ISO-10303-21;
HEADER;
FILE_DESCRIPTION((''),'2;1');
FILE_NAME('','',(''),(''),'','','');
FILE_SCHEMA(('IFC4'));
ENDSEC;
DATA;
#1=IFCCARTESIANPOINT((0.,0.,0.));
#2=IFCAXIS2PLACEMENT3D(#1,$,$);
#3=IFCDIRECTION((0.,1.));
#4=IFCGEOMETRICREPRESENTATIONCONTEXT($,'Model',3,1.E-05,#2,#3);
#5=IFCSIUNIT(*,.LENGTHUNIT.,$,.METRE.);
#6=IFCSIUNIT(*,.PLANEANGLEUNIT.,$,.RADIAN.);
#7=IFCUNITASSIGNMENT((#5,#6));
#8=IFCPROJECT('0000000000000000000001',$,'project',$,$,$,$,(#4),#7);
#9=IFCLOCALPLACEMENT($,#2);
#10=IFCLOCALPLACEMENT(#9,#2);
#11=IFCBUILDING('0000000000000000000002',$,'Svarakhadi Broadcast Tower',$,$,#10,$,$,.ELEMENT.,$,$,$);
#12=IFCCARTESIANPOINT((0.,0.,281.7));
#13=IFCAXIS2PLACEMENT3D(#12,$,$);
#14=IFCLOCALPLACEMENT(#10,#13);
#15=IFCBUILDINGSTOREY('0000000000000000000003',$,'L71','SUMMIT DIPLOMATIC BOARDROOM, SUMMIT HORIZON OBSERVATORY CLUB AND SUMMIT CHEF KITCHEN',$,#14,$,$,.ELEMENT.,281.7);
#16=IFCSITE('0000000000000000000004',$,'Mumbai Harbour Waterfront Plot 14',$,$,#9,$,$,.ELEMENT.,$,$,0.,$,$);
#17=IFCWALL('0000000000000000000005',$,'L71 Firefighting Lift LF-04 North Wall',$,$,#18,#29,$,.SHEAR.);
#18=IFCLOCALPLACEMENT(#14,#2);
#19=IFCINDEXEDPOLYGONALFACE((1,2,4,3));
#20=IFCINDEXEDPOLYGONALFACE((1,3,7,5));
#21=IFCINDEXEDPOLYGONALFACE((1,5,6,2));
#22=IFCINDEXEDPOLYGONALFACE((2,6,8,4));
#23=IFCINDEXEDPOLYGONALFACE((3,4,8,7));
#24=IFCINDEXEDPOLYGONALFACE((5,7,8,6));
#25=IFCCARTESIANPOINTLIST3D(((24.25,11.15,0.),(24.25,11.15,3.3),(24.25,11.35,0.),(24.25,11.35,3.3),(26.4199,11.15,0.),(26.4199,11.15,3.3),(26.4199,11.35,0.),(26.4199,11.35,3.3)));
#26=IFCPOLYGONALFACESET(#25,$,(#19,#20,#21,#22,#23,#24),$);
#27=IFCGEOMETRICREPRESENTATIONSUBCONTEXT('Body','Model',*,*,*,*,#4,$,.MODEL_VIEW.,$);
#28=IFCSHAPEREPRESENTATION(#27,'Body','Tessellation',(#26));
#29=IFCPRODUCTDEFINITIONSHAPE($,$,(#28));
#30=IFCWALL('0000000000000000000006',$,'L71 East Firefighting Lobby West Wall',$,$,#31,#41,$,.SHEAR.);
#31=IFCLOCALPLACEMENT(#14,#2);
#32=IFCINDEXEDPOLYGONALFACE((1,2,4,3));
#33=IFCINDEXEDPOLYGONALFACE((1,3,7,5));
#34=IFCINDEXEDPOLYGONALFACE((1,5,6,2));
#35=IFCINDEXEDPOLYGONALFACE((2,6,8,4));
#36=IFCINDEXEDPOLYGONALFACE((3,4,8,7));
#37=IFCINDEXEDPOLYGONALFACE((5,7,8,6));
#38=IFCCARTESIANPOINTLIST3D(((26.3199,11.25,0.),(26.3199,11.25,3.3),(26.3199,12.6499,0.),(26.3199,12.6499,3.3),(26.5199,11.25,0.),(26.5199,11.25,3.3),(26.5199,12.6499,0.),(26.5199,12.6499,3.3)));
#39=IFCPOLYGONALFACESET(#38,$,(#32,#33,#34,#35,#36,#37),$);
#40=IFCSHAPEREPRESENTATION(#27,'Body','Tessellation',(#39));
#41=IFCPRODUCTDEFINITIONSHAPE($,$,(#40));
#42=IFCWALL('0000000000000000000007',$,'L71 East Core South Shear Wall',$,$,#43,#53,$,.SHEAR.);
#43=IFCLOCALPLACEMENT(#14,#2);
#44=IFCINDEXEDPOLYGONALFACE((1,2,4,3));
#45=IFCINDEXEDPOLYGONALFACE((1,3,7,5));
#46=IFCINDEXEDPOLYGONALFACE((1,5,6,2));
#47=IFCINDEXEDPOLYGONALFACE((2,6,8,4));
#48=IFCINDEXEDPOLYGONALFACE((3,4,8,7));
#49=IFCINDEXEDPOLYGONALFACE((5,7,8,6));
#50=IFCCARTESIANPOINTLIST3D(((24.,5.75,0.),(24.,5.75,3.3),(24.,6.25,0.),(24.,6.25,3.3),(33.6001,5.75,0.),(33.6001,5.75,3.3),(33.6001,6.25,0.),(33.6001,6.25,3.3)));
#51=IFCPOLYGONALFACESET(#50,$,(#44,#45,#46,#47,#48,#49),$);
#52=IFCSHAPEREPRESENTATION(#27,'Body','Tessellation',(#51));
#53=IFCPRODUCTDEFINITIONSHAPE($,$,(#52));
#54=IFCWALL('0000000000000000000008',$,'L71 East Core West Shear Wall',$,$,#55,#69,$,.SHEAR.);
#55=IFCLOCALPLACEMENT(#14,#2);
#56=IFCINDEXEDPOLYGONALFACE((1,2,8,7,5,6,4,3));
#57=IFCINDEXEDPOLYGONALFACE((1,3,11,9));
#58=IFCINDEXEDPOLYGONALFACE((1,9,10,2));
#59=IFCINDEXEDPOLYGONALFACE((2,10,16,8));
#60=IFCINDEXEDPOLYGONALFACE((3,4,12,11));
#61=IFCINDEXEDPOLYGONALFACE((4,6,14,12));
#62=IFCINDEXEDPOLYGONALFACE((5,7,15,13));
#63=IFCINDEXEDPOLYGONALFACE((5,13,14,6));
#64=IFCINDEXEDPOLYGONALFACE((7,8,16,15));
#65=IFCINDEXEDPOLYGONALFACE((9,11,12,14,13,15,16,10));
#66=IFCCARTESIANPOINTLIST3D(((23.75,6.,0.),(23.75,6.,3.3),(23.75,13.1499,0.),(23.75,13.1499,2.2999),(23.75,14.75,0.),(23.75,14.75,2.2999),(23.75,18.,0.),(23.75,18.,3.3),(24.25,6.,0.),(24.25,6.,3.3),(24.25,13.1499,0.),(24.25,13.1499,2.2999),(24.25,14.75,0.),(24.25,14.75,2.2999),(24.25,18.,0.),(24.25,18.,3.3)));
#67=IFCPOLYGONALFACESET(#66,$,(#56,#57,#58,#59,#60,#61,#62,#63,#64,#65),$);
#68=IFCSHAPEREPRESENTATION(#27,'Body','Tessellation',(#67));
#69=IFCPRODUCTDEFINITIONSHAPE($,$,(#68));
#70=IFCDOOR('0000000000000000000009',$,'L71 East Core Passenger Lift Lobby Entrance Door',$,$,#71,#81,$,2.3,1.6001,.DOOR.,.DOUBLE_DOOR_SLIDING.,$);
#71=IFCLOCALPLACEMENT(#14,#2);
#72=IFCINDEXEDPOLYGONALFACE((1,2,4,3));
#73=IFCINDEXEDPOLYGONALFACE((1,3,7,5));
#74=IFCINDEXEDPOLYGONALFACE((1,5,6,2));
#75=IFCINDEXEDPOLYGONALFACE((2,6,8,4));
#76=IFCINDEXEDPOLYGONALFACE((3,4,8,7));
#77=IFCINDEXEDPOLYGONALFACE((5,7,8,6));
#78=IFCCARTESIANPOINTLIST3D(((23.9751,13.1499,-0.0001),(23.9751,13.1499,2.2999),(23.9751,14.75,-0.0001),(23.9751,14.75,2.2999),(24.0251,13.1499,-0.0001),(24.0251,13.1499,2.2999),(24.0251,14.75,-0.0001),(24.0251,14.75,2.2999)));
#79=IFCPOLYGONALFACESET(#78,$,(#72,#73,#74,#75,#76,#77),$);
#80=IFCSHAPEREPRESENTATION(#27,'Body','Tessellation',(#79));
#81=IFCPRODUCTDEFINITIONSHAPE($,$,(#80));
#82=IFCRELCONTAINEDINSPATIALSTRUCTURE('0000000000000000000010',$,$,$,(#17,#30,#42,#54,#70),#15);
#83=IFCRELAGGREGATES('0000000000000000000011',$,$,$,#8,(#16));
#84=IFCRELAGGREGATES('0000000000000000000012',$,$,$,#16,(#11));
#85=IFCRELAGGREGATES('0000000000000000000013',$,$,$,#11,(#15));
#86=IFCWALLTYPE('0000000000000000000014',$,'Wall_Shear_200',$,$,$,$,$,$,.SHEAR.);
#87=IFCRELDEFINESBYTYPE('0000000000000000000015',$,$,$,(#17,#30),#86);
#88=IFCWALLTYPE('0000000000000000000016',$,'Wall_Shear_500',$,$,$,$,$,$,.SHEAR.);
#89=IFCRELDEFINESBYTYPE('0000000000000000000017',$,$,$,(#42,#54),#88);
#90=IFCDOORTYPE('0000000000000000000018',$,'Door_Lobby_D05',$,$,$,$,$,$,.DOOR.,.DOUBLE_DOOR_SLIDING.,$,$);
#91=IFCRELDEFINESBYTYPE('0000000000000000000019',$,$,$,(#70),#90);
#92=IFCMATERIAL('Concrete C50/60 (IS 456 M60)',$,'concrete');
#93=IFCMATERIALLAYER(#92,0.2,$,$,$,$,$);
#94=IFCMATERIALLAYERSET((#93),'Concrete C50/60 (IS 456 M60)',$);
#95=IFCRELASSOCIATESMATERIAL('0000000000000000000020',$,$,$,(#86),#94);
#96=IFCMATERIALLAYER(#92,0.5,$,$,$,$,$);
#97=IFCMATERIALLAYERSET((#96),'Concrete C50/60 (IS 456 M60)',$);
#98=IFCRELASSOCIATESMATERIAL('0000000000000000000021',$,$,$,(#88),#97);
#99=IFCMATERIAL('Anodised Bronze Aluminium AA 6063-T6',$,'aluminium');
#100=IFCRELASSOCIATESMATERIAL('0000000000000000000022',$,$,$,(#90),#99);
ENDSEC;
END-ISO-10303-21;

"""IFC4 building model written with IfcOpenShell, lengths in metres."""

from ifc_helpers import new_model, si_unit, direction, frame, frame_2d, origin, place, context, subcontext, project, spatial, rectangle, extrude, material, layer, layer_set, type_object, element, fill, save


model = new_model("IFC4")

# Units and contexts
model_context = context("Model", 3, precision=1e-05, world=origin(), true_north=direction((0.0, 1.0)))
body_context = subcontext(model_context, "Body", "Model", "MODEL_VIEW")
ifc_project = project(units=[si_unit("LENGTHUNIT", "METRE"), si_unit("PLANEANGLEUNIT", "RADIAN")], contexts=[model_context])

# Site, building, storey
site_placement = place(None, origin())
site = spatial("IfcSite", under=ifc_project, at=site_placement, Name="Mumbai Harbour Waterfront Plot 14", CompositionType="ELEMENT", RefElevation=0.0)
building_placement = place(site_placement, origin())
building = spatial("IfcBuilding", under=site, at=building_placement, Name="Svarakhadi Broadcast Tower", CompositionType="ELEMENT")
storey_placement = place(building_placement, frame((0.0, 0.0, 281.7)))
storey = spatial("IfcBuildingStorey", under=building, at=storey_placement, Name="L71", Description="SUMMIT DIPLOMATIC BOARDROOM, SUMMIT HORIZON OBSERVATORY CLUB AND SUMMIT CHEF KITCHEN", CompositionType="ELEMENT", Elevation=281.7)

# Shared definitions
ifc_material_1 = material(Name="Concrete C50/60 (IS 456 M60)", Category="concrete")

# Shared definitions
ifc_layer_1 = layer(ifc_material_1, 0.2)
ifc_layer_set_1 = layer_set([ifc_layer_1], Name="Concrete C50/60 (IS 456 M60)")
wall_type_1 = type_object("IfcWallType", Name="Wall_Shear_200", PredefinedType="SHEAR", material=ifc_layer_set_1)

# Walls
for number, where, z_axis, x_axis, name in (
    (1, (24.25, 11.25, 0.0), (0.0, 0.0, 1.0), (1.0, 0.0, 0.0), "L71 Firefighting Lift LF-04 North Wall"),
):
    element("IfcWall", number, at=place(storey_placement, frame(where, z_axis=z_axis, x_axis=x_axis)), inside=storey, type_object=wall_type_1, Name=name, PredefinedType="SHEAR", context=body_context, shape_type="SweptSolid", body=[
        extrude(rectangle(XDim=2.1699, YDim=0.2, at=frame_2d((1.085, 0.0))), origin(), (0.0, 0.0, 1.0), 3.3),
    ])
wall_1_placement = place(storey_placement, frame((26.4199, 11.25, 0.0), z_axis=(0.0, 0.0, 1.0), x_axis=(0.0, 1.0, 0.0)))
element("IfcWall", 2, at=wall_1_placement, inside=storey, type_object=wall_type_1, Name="L71 East Firefighting Lobby West Wall", PredefinedType="SHEAR", context=body_context, shape_type="SweptSolid", body=[
    extrude(rectangle(XDim=1.3999, YDim=0.2, at=frame_2d((0.7, 0.0))), origin(), (0.0, 0.0, 1.0), 3.3),
])
ifc_layer_2 = layer(ifc_material_1, 0.5)
ifc_layer_set_2 = layer_set([ifc_layer_2], Name="Concrete C50/60 (IS 456 M60)")
wall_type_2 = type_object("IfcWallType", Name="Wall_Shear_500", PredefinedType="SHEAR", material=ifc_layer_set_2)
wall_2_placement = place(storey_placement, frame((24.0, 6.0, 0.0), z_axis=(0.0, 0.0, 1.0), x_axis=(1.0, 0.0, 0.0)))
element("IfcWall", 3, at=wall_2_placement, inside=storey, type_object=wall_type_2, Name="L71 East Core South Shear Wall", PredefinedType="SHEAR", context=body_context, shape_type="SweptSolid", body=[
    extrude(rectangle(XDim=9.6001, YDim=0.5, at=frame_2d((4.8, 0.0))), origin(), (0.0, 0.0, 1.0), 3.3),
])

# Wall, opening, door
wall_3_placement = place(storey_placement, frame((24.0, 6.0, 0.0), z_axis=(0.0, 0.0, 1.0), x_axis=(0.0, 1.0, 0.0)))
wall_3 = element("IfcWall", 4, at=wall_3_placement, inside=storey, type_object=wall_type_2, Name="L71 East Core West Shear Wall", PredefinedType="SHEAR", context=body_context, shape_type="SweptSolid", body=[
    extrude(rectangle(XDim=12.0, YDim=0.5, at=frame_2d((6.0, 0.0))), origin(), (0.0, 0.0, 1.0), 3.3),
])
opening_1_placement = place(wall_3_placement, frame((7.1499, 0.0, 0.0)))
opening_1 = element("IfcOpeningElement", 5, at=opening_1_placement, cuts=wall_3, PredefinedType="OPENING", context=body_context, shape_type="SweptSolid", body=[
    extrude(rectangle(XDim=1.6001, YDim=2.3, at=frame_2d((0.8, 1.1499))), frame((0.0, 0.26, 0.0), z_axis=(0.0, -1.0, 0.0), x_axis=(1.0, 0.0, 0.0)), (0.0, 0.0, 1.0), 0.52),
])
ifc_material_2 = material(Name="Anodised Bronze Aluminium AA 6063-T6", Category="aluminium")
door_type_1 = type_object("IfcDoorType", Name="Door_Lobby_D05", OperationType="DOUBLE_DOOR_SLIDING", PredefinedType="DOOR", material=ifc_material_2)
door_1_placement = place(opening_1_placement, origin())
door_1 = element("IfcDoor", 6, at=door_1_placement, inside=storey, type_object=door_type_1, Name="L71 East Core Passenger Lift Lobby Entrance Door", OperationType="DOUBLE_DOOR_SLIDING", OverallHeight=2.3, OverallWidth=1.6001, PredefinedType="DOOR", context=body_context, shape_type="SweptSolid", body=[
    extrude(rectangle(XDim=1.6001, YDim=2.3, at=frame_2d((0.8, 1.1499))), frame((0.0, 0.0249, 0.0), z_axis=(0.0, -1.0, 0.0), x_axis=(1.0, 0.0, 0.0)), (0.0, 0.0, 1.0), 0.05),
])
fill(opening_1, door_1)

save(model, "model.ifc")
